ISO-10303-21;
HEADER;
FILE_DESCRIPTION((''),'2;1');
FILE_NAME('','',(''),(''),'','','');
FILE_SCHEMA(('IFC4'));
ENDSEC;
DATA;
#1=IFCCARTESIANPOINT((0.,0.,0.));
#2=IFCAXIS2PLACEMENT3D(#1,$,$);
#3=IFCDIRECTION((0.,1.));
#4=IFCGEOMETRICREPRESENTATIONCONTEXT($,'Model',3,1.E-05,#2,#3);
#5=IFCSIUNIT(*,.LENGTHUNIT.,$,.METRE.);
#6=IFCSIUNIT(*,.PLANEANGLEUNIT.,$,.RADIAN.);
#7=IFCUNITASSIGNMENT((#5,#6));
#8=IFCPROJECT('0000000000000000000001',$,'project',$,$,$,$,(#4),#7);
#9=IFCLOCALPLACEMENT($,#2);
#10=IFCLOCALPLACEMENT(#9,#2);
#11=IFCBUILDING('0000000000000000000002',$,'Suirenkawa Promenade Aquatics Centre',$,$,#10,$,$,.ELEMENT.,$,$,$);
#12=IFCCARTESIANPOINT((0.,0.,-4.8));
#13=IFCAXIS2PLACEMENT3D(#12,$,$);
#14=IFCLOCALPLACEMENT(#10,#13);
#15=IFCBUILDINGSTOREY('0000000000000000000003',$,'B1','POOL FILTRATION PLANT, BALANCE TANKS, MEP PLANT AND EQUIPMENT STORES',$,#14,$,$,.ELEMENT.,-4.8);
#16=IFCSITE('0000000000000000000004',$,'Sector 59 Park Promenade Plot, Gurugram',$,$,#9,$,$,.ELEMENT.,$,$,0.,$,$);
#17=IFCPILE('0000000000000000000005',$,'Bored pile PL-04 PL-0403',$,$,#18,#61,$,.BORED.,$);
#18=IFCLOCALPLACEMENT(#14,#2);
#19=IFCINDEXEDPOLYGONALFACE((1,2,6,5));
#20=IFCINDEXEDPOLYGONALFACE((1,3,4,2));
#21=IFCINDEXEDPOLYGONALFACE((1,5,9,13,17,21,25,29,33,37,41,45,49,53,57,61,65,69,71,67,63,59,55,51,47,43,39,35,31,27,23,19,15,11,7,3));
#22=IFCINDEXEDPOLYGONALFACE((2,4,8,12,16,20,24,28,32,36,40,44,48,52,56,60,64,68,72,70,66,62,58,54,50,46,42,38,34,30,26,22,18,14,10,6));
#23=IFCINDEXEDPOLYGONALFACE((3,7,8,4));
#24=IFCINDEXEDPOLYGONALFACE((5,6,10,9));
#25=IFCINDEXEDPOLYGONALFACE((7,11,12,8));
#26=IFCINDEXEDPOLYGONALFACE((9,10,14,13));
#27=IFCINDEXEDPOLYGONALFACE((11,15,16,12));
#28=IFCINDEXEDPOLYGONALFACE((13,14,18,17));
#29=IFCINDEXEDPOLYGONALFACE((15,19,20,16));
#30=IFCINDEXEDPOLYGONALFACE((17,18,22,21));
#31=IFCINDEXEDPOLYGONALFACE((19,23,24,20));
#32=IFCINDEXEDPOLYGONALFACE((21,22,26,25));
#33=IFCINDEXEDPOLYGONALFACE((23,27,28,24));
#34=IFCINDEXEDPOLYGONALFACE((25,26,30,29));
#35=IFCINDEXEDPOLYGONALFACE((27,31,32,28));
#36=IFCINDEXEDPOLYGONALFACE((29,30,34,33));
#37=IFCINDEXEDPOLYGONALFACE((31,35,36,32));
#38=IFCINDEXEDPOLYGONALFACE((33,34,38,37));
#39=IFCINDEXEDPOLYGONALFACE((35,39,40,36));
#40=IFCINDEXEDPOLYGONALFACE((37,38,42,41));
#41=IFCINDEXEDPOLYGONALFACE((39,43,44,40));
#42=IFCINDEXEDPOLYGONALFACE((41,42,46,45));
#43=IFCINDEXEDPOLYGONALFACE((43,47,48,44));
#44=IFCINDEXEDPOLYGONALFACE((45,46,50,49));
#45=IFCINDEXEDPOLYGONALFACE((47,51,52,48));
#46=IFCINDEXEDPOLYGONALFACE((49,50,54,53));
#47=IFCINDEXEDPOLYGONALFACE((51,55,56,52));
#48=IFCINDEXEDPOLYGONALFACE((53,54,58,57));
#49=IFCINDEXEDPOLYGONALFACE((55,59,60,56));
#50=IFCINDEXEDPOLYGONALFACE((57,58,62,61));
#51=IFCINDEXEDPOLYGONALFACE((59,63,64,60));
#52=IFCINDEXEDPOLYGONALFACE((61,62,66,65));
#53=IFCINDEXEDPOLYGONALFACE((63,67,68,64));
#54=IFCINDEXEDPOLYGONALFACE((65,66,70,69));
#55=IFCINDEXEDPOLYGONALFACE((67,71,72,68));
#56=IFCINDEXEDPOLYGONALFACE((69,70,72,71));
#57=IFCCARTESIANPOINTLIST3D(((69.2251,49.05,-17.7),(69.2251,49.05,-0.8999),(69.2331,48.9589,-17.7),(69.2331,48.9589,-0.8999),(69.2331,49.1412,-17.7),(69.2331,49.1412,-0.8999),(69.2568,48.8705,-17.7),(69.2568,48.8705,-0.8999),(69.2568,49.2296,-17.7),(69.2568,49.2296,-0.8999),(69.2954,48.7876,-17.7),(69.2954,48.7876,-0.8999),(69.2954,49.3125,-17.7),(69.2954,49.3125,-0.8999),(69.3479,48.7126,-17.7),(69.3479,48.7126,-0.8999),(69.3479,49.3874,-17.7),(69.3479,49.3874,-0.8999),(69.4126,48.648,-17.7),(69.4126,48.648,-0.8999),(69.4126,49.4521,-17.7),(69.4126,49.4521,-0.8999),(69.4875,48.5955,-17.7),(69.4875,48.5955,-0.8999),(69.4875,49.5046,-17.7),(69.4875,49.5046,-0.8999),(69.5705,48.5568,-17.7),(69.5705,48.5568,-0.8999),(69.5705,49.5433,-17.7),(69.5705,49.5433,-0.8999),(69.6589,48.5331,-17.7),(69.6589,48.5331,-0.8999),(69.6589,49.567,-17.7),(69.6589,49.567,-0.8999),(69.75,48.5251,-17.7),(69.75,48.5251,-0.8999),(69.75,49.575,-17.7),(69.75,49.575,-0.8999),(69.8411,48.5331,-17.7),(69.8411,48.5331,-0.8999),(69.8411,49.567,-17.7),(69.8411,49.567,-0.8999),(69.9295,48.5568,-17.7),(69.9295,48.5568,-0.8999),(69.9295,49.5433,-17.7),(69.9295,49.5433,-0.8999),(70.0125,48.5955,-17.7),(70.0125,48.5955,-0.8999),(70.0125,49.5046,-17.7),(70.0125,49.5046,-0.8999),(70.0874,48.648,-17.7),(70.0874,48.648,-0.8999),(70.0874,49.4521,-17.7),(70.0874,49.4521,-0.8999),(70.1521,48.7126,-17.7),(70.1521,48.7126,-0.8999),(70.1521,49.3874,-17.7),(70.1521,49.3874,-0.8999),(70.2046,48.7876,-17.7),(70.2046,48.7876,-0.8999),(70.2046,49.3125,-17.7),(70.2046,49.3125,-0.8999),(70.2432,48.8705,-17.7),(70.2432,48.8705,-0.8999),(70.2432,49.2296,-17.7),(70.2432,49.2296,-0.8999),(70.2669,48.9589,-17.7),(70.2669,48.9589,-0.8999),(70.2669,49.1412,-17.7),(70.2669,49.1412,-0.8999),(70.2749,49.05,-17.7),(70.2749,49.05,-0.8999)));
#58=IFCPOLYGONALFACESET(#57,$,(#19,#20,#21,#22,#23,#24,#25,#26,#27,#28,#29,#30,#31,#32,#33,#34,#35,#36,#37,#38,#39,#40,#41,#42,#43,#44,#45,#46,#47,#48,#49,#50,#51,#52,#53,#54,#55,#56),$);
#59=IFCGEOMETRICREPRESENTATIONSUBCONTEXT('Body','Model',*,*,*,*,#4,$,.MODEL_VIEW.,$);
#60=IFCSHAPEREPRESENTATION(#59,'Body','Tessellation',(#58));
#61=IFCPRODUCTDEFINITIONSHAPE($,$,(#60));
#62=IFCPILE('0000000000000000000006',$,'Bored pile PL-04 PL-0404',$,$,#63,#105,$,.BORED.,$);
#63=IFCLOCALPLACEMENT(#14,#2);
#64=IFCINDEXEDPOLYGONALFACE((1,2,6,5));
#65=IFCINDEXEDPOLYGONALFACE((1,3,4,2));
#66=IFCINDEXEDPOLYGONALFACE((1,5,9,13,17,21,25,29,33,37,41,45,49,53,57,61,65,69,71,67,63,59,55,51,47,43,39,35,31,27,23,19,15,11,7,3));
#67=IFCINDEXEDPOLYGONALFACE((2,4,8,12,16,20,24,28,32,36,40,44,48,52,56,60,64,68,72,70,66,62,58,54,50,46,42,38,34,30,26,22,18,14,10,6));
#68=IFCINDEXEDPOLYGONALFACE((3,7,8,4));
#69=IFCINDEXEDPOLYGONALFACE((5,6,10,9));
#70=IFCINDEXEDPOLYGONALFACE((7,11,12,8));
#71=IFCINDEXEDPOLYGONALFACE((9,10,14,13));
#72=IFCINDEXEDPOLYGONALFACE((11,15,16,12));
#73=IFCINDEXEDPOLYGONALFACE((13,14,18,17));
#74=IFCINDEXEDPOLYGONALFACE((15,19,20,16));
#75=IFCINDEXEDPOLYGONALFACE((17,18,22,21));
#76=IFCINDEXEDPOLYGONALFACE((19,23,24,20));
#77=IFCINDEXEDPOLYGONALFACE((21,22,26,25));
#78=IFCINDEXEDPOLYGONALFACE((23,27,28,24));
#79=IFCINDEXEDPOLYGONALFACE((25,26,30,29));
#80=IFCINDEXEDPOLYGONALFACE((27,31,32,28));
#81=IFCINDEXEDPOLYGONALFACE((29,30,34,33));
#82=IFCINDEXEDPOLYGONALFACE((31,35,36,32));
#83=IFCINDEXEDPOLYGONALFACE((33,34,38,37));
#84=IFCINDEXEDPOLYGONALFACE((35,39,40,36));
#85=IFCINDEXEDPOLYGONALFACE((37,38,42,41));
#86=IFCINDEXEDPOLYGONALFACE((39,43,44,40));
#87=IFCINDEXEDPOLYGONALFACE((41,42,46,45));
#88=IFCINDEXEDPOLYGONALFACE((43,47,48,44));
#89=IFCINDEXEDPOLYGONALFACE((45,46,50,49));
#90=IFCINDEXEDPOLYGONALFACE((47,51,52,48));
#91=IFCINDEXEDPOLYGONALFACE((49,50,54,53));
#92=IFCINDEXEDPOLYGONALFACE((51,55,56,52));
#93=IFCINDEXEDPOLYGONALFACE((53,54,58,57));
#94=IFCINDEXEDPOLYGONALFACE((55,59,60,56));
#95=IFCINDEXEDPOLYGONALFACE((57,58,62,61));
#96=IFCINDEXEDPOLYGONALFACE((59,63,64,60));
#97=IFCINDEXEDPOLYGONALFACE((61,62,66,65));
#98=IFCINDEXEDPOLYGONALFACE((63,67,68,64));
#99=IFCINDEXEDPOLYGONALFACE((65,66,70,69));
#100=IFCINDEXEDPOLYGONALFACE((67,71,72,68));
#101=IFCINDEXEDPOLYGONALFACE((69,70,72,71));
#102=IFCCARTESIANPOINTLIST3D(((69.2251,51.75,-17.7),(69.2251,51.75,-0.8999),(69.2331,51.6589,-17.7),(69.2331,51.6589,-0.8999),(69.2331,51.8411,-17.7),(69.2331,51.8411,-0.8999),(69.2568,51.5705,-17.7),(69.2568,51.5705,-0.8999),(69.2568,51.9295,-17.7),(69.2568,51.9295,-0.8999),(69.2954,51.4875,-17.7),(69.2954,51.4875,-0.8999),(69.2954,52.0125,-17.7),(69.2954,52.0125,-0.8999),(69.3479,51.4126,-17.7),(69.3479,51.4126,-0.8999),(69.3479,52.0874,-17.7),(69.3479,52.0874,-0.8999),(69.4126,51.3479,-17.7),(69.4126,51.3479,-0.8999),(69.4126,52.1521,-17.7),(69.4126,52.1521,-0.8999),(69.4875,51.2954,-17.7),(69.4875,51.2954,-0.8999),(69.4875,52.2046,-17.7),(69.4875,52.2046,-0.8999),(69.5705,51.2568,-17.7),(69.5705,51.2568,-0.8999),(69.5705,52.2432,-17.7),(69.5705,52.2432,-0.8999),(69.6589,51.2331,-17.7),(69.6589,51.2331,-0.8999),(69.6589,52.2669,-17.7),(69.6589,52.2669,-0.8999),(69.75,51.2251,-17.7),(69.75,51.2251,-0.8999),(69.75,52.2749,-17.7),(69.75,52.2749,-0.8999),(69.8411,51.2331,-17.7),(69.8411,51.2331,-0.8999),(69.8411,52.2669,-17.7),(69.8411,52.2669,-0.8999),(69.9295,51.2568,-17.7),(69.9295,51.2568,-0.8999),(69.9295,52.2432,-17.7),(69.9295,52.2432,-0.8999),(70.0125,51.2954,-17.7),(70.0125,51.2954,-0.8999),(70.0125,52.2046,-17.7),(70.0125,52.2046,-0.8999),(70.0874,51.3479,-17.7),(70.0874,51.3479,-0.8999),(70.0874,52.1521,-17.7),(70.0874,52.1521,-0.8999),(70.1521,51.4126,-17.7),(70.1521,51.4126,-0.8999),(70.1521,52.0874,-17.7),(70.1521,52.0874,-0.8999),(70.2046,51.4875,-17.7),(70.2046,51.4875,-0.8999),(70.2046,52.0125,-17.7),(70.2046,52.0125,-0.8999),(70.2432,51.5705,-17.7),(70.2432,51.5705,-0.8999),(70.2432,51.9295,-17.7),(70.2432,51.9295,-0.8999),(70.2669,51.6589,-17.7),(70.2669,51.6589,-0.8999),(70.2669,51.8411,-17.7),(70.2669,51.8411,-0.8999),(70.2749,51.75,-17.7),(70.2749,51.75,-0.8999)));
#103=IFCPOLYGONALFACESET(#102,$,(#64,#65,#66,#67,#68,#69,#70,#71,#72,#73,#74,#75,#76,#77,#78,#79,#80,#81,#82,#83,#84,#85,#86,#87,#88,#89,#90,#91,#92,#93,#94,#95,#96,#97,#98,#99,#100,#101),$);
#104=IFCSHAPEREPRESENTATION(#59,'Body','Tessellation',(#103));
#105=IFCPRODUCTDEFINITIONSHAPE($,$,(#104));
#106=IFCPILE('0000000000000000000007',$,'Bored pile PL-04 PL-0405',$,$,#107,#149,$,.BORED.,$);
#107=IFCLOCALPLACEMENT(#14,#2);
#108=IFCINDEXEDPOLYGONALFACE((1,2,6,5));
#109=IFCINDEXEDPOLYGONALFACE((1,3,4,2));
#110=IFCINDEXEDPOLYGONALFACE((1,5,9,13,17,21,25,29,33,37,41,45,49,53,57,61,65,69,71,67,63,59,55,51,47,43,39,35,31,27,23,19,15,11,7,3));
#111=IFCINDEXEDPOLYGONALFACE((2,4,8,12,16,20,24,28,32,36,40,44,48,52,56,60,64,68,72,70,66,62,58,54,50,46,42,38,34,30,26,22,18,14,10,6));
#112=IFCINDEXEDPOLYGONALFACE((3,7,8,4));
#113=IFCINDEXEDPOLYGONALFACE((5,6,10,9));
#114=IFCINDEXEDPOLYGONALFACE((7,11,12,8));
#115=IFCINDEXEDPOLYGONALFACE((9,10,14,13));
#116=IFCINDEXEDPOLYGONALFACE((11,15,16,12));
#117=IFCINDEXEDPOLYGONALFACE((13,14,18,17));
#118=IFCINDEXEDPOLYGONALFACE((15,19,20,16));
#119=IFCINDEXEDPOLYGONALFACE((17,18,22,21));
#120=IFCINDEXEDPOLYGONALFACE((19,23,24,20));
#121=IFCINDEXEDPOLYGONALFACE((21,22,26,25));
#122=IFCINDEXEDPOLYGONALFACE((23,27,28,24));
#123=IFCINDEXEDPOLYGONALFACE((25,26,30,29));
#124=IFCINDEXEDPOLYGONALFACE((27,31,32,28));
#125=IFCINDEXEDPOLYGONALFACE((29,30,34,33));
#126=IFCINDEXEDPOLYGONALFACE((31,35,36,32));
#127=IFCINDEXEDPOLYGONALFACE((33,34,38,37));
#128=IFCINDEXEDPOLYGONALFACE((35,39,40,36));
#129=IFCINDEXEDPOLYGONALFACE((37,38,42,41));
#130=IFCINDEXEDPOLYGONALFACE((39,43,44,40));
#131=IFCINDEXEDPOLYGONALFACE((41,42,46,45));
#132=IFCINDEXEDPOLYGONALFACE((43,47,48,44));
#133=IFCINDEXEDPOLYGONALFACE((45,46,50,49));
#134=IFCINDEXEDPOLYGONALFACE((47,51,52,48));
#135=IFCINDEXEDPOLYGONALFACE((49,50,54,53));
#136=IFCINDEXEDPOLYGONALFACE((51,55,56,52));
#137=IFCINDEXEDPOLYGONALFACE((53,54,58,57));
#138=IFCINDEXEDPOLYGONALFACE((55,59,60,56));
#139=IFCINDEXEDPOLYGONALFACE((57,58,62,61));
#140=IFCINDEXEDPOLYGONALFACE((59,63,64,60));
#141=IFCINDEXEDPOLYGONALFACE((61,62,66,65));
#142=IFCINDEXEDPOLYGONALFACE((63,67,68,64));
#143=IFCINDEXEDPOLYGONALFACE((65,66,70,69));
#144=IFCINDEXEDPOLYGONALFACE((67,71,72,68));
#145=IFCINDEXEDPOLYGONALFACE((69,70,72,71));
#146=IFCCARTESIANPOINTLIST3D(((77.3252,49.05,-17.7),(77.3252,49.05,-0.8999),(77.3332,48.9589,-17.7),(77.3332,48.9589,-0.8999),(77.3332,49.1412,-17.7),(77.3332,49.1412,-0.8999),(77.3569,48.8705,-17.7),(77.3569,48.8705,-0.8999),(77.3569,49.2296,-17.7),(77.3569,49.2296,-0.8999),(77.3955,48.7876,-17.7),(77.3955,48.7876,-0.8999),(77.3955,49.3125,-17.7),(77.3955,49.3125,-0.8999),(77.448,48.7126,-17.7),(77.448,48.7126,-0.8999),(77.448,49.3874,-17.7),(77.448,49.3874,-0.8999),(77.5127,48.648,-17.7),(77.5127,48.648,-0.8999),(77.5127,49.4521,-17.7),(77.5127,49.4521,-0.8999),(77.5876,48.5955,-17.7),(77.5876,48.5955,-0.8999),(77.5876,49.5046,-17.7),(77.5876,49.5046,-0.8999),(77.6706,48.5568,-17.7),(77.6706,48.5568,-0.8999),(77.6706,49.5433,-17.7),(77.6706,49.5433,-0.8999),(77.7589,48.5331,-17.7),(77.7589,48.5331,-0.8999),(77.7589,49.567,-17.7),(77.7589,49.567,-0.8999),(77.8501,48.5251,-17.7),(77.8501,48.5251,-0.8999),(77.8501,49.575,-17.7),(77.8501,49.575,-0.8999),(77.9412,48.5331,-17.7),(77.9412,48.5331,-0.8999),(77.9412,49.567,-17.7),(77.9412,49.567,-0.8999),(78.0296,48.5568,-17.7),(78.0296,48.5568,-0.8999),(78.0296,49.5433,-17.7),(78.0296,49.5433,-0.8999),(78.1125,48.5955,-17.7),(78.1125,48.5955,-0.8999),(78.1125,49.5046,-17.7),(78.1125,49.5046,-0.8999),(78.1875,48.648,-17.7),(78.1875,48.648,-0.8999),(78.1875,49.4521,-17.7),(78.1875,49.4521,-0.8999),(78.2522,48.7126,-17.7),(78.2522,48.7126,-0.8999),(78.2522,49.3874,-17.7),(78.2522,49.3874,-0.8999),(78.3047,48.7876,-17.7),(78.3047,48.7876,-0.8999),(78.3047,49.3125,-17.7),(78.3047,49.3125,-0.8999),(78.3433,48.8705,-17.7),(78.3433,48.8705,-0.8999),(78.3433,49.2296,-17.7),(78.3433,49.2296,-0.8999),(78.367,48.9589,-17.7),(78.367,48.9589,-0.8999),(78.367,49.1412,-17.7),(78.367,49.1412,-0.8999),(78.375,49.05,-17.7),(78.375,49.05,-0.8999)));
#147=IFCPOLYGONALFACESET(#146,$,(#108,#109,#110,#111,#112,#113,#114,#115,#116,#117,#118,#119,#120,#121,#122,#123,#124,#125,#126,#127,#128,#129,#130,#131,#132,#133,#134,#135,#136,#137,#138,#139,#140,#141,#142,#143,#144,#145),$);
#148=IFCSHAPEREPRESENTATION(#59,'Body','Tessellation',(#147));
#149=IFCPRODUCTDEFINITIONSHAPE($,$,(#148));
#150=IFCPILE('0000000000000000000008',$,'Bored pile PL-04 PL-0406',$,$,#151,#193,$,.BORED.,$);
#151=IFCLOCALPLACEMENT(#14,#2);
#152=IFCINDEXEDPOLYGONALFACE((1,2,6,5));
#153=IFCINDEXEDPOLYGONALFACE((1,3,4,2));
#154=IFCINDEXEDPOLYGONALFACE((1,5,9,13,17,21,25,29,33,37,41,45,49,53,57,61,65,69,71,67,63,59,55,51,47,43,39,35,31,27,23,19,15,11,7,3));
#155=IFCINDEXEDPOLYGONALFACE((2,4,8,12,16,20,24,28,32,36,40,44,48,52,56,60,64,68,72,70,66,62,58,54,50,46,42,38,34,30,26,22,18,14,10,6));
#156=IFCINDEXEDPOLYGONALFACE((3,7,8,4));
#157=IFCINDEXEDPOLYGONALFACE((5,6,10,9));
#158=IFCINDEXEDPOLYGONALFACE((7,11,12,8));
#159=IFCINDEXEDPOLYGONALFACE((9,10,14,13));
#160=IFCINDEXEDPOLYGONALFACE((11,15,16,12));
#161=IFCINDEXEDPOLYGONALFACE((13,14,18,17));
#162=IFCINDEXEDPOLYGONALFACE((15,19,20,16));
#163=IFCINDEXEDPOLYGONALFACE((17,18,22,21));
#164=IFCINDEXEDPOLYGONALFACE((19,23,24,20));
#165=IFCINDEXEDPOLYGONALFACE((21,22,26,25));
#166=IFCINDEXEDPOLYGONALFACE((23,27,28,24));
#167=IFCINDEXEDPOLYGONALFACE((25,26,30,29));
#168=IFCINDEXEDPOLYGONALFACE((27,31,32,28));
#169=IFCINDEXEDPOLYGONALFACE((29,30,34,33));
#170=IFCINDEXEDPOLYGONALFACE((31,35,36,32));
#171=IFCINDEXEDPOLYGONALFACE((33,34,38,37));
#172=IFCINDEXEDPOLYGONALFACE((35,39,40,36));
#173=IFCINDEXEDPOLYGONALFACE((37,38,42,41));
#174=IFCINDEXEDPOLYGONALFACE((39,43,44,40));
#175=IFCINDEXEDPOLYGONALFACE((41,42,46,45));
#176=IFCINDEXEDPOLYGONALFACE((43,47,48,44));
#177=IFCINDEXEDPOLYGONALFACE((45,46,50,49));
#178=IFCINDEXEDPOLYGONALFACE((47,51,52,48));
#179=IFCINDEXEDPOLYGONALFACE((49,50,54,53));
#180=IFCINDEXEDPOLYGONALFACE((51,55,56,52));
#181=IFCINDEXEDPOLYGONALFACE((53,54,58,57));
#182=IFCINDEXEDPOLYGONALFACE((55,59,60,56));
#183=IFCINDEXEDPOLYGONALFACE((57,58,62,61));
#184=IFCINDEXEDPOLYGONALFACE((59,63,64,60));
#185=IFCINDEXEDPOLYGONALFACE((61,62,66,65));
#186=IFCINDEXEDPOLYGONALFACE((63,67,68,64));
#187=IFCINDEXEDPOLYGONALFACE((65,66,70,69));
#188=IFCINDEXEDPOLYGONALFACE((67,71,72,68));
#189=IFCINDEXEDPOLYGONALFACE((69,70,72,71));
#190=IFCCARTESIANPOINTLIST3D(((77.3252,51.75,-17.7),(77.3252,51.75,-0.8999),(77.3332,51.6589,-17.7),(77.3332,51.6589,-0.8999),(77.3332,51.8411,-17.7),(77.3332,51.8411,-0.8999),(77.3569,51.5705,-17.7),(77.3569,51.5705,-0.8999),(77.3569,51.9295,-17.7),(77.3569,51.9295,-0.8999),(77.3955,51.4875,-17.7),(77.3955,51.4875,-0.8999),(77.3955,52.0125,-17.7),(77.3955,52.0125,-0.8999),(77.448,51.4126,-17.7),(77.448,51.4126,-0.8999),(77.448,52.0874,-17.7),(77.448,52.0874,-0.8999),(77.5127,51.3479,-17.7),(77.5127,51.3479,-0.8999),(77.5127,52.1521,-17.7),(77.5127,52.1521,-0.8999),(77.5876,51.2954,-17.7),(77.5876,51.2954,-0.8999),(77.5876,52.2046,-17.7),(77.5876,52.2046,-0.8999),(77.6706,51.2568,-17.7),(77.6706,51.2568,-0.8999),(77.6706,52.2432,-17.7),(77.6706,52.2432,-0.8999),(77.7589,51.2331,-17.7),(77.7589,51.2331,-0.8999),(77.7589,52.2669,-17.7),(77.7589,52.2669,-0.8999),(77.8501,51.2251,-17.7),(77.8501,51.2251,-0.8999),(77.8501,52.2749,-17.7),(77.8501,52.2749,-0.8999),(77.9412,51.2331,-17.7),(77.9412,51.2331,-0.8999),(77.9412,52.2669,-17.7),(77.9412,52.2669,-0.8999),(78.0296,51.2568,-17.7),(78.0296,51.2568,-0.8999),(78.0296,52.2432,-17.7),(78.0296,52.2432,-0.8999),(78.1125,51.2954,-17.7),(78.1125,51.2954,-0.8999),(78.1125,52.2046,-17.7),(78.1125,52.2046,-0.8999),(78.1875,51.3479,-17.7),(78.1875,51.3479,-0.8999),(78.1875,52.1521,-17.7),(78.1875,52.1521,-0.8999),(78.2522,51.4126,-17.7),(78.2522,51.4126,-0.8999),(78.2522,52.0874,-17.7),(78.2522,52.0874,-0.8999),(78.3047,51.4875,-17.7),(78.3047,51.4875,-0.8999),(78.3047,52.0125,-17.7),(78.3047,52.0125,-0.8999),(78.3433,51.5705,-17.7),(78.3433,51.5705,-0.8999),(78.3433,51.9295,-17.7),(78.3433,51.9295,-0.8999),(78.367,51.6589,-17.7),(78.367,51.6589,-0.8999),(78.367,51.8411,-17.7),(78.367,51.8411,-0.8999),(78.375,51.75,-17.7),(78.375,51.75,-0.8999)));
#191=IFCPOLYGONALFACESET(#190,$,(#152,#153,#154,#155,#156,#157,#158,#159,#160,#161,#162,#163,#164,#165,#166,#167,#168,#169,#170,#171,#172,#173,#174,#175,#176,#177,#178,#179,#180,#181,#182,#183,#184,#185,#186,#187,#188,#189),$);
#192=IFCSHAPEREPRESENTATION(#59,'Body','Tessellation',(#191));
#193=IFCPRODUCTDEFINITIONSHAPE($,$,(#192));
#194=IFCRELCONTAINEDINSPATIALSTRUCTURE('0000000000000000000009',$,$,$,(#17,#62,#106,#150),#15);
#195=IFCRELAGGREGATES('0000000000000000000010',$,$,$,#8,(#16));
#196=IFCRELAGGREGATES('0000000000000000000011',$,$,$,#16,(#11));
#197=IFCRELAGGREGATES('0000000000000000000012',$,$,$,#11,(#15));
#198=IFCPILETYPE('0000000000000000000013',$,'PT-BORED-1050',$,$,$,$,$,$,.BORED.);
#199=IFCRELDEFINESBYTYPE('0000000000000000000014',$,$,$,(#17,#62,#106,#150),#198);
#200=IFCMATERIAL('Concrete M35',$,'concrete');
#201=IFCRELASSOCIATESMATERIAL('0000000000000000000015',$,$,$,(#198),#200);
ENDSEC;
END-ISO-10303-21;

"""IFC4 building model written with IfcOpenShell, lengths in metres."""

from ifc_helpers import new_model, si_unit, direction, frame, origin, origin_2d, place, context, subcontext, project, spatial, circle, extrude, material, material_profile, profile_set, type_object, element, save


model = new_model("IFC4")

# Units and contexts
model_context = context("Model", 3, precision=1e-05, world=origin(), true_north=direction((0.0, 1.0)))
body_context = subcontext(model_context, "Body", "Model", "MODEL_VIEW")
ifc_project = project(units=[si_unit("LENGTHUNIT", "METRE"), si_unit("PLANEANGLEUNIT", "RADIAN")], contexts=[model_context])

# Site, building, storey
site_placement = place(None, origin())
site = spatial("IfcSite", under=ifc_project, at=site_placement, Name="Sector 59 Park Promenade Plot, Gurugram", CompositionType="ELEMENT", RefElevation=0.0)
building_placement = place(site_placement, origin())
building = spatial("IfcBuilding", under=site, at=building_placement, Name="Suirenkawa Promenade Aquatics Centre", CompositionType="ELEMENT")
storey_placement = place(building_placement, frame((0.0, 0.0, -4.8)))
storey = spatial("IfcBuildingStorey", under=building, at=storey_placement, Name="B1", Description="POOL FILTRATION PLANT, BALANCE TANKS, MEP PLANT AND EQUIPMENT STORES", CompositionType="ELEMENT", Elevation=-4.8)

# Shared definitions
ifc_material_1 = material(Name="Concrete M35", Category="concrete")

# Piles
ifc_material_profile_1 = material_profile(ifc_material_1, circle(Radius=0.5249, at=origin_2d()), Name="PILE D1050", Category="concrete")
ifc_profile_set_1 = profile_set([ifc_material_profile_1], Name="Concrete M35")
pile_type_1 = type_object("IfcPileType", Name="PT-BORED-1050", PredefinedType="BORED", material=ifc_profile_set_1)
for number, where, z_axis, x_axis, name in (
    (1, (69.75, 49.05, -0.8999), (0.0, 0.0, -1.0), (1.0, 0.0, 0.0), "Bored pile PL-04 PL-0403"),
    (2, (69.75, 51.75, -0.8999), (0.0, 0.0, -1.0), (1.0, 0.0, 0.0), "Bored pile PL-04 PL-0404"),
    (3, (77.8501, 49.05, -0.8999), (0.0, 0.0, -1.0), (1.0, 0.0, 0.0), "Bored pile PL-04 PL-0405"),
    (4, (77.8501, 51.75, -0.8999), (0.0, 0.0, -1.0), (1.0, 0.0, 0.0), "Bored pile PL-04 PL-0406"),
):
    element("IfcPile", number, at=place(storey_placement, frame(where, z_axis=z_axis, x_axis=x_axis)), inside=storey, type_object=pile_type_1, Name=name, PredefinedType="BORED", context=body_context, shape_type="SweptSolid", body=[
        extrude(circle(Radius=0.5249, at=origin_2d()), origin(), (0.0, 0.0, 1.0), 16.8),
    ])

save(model, "model.ifc")
